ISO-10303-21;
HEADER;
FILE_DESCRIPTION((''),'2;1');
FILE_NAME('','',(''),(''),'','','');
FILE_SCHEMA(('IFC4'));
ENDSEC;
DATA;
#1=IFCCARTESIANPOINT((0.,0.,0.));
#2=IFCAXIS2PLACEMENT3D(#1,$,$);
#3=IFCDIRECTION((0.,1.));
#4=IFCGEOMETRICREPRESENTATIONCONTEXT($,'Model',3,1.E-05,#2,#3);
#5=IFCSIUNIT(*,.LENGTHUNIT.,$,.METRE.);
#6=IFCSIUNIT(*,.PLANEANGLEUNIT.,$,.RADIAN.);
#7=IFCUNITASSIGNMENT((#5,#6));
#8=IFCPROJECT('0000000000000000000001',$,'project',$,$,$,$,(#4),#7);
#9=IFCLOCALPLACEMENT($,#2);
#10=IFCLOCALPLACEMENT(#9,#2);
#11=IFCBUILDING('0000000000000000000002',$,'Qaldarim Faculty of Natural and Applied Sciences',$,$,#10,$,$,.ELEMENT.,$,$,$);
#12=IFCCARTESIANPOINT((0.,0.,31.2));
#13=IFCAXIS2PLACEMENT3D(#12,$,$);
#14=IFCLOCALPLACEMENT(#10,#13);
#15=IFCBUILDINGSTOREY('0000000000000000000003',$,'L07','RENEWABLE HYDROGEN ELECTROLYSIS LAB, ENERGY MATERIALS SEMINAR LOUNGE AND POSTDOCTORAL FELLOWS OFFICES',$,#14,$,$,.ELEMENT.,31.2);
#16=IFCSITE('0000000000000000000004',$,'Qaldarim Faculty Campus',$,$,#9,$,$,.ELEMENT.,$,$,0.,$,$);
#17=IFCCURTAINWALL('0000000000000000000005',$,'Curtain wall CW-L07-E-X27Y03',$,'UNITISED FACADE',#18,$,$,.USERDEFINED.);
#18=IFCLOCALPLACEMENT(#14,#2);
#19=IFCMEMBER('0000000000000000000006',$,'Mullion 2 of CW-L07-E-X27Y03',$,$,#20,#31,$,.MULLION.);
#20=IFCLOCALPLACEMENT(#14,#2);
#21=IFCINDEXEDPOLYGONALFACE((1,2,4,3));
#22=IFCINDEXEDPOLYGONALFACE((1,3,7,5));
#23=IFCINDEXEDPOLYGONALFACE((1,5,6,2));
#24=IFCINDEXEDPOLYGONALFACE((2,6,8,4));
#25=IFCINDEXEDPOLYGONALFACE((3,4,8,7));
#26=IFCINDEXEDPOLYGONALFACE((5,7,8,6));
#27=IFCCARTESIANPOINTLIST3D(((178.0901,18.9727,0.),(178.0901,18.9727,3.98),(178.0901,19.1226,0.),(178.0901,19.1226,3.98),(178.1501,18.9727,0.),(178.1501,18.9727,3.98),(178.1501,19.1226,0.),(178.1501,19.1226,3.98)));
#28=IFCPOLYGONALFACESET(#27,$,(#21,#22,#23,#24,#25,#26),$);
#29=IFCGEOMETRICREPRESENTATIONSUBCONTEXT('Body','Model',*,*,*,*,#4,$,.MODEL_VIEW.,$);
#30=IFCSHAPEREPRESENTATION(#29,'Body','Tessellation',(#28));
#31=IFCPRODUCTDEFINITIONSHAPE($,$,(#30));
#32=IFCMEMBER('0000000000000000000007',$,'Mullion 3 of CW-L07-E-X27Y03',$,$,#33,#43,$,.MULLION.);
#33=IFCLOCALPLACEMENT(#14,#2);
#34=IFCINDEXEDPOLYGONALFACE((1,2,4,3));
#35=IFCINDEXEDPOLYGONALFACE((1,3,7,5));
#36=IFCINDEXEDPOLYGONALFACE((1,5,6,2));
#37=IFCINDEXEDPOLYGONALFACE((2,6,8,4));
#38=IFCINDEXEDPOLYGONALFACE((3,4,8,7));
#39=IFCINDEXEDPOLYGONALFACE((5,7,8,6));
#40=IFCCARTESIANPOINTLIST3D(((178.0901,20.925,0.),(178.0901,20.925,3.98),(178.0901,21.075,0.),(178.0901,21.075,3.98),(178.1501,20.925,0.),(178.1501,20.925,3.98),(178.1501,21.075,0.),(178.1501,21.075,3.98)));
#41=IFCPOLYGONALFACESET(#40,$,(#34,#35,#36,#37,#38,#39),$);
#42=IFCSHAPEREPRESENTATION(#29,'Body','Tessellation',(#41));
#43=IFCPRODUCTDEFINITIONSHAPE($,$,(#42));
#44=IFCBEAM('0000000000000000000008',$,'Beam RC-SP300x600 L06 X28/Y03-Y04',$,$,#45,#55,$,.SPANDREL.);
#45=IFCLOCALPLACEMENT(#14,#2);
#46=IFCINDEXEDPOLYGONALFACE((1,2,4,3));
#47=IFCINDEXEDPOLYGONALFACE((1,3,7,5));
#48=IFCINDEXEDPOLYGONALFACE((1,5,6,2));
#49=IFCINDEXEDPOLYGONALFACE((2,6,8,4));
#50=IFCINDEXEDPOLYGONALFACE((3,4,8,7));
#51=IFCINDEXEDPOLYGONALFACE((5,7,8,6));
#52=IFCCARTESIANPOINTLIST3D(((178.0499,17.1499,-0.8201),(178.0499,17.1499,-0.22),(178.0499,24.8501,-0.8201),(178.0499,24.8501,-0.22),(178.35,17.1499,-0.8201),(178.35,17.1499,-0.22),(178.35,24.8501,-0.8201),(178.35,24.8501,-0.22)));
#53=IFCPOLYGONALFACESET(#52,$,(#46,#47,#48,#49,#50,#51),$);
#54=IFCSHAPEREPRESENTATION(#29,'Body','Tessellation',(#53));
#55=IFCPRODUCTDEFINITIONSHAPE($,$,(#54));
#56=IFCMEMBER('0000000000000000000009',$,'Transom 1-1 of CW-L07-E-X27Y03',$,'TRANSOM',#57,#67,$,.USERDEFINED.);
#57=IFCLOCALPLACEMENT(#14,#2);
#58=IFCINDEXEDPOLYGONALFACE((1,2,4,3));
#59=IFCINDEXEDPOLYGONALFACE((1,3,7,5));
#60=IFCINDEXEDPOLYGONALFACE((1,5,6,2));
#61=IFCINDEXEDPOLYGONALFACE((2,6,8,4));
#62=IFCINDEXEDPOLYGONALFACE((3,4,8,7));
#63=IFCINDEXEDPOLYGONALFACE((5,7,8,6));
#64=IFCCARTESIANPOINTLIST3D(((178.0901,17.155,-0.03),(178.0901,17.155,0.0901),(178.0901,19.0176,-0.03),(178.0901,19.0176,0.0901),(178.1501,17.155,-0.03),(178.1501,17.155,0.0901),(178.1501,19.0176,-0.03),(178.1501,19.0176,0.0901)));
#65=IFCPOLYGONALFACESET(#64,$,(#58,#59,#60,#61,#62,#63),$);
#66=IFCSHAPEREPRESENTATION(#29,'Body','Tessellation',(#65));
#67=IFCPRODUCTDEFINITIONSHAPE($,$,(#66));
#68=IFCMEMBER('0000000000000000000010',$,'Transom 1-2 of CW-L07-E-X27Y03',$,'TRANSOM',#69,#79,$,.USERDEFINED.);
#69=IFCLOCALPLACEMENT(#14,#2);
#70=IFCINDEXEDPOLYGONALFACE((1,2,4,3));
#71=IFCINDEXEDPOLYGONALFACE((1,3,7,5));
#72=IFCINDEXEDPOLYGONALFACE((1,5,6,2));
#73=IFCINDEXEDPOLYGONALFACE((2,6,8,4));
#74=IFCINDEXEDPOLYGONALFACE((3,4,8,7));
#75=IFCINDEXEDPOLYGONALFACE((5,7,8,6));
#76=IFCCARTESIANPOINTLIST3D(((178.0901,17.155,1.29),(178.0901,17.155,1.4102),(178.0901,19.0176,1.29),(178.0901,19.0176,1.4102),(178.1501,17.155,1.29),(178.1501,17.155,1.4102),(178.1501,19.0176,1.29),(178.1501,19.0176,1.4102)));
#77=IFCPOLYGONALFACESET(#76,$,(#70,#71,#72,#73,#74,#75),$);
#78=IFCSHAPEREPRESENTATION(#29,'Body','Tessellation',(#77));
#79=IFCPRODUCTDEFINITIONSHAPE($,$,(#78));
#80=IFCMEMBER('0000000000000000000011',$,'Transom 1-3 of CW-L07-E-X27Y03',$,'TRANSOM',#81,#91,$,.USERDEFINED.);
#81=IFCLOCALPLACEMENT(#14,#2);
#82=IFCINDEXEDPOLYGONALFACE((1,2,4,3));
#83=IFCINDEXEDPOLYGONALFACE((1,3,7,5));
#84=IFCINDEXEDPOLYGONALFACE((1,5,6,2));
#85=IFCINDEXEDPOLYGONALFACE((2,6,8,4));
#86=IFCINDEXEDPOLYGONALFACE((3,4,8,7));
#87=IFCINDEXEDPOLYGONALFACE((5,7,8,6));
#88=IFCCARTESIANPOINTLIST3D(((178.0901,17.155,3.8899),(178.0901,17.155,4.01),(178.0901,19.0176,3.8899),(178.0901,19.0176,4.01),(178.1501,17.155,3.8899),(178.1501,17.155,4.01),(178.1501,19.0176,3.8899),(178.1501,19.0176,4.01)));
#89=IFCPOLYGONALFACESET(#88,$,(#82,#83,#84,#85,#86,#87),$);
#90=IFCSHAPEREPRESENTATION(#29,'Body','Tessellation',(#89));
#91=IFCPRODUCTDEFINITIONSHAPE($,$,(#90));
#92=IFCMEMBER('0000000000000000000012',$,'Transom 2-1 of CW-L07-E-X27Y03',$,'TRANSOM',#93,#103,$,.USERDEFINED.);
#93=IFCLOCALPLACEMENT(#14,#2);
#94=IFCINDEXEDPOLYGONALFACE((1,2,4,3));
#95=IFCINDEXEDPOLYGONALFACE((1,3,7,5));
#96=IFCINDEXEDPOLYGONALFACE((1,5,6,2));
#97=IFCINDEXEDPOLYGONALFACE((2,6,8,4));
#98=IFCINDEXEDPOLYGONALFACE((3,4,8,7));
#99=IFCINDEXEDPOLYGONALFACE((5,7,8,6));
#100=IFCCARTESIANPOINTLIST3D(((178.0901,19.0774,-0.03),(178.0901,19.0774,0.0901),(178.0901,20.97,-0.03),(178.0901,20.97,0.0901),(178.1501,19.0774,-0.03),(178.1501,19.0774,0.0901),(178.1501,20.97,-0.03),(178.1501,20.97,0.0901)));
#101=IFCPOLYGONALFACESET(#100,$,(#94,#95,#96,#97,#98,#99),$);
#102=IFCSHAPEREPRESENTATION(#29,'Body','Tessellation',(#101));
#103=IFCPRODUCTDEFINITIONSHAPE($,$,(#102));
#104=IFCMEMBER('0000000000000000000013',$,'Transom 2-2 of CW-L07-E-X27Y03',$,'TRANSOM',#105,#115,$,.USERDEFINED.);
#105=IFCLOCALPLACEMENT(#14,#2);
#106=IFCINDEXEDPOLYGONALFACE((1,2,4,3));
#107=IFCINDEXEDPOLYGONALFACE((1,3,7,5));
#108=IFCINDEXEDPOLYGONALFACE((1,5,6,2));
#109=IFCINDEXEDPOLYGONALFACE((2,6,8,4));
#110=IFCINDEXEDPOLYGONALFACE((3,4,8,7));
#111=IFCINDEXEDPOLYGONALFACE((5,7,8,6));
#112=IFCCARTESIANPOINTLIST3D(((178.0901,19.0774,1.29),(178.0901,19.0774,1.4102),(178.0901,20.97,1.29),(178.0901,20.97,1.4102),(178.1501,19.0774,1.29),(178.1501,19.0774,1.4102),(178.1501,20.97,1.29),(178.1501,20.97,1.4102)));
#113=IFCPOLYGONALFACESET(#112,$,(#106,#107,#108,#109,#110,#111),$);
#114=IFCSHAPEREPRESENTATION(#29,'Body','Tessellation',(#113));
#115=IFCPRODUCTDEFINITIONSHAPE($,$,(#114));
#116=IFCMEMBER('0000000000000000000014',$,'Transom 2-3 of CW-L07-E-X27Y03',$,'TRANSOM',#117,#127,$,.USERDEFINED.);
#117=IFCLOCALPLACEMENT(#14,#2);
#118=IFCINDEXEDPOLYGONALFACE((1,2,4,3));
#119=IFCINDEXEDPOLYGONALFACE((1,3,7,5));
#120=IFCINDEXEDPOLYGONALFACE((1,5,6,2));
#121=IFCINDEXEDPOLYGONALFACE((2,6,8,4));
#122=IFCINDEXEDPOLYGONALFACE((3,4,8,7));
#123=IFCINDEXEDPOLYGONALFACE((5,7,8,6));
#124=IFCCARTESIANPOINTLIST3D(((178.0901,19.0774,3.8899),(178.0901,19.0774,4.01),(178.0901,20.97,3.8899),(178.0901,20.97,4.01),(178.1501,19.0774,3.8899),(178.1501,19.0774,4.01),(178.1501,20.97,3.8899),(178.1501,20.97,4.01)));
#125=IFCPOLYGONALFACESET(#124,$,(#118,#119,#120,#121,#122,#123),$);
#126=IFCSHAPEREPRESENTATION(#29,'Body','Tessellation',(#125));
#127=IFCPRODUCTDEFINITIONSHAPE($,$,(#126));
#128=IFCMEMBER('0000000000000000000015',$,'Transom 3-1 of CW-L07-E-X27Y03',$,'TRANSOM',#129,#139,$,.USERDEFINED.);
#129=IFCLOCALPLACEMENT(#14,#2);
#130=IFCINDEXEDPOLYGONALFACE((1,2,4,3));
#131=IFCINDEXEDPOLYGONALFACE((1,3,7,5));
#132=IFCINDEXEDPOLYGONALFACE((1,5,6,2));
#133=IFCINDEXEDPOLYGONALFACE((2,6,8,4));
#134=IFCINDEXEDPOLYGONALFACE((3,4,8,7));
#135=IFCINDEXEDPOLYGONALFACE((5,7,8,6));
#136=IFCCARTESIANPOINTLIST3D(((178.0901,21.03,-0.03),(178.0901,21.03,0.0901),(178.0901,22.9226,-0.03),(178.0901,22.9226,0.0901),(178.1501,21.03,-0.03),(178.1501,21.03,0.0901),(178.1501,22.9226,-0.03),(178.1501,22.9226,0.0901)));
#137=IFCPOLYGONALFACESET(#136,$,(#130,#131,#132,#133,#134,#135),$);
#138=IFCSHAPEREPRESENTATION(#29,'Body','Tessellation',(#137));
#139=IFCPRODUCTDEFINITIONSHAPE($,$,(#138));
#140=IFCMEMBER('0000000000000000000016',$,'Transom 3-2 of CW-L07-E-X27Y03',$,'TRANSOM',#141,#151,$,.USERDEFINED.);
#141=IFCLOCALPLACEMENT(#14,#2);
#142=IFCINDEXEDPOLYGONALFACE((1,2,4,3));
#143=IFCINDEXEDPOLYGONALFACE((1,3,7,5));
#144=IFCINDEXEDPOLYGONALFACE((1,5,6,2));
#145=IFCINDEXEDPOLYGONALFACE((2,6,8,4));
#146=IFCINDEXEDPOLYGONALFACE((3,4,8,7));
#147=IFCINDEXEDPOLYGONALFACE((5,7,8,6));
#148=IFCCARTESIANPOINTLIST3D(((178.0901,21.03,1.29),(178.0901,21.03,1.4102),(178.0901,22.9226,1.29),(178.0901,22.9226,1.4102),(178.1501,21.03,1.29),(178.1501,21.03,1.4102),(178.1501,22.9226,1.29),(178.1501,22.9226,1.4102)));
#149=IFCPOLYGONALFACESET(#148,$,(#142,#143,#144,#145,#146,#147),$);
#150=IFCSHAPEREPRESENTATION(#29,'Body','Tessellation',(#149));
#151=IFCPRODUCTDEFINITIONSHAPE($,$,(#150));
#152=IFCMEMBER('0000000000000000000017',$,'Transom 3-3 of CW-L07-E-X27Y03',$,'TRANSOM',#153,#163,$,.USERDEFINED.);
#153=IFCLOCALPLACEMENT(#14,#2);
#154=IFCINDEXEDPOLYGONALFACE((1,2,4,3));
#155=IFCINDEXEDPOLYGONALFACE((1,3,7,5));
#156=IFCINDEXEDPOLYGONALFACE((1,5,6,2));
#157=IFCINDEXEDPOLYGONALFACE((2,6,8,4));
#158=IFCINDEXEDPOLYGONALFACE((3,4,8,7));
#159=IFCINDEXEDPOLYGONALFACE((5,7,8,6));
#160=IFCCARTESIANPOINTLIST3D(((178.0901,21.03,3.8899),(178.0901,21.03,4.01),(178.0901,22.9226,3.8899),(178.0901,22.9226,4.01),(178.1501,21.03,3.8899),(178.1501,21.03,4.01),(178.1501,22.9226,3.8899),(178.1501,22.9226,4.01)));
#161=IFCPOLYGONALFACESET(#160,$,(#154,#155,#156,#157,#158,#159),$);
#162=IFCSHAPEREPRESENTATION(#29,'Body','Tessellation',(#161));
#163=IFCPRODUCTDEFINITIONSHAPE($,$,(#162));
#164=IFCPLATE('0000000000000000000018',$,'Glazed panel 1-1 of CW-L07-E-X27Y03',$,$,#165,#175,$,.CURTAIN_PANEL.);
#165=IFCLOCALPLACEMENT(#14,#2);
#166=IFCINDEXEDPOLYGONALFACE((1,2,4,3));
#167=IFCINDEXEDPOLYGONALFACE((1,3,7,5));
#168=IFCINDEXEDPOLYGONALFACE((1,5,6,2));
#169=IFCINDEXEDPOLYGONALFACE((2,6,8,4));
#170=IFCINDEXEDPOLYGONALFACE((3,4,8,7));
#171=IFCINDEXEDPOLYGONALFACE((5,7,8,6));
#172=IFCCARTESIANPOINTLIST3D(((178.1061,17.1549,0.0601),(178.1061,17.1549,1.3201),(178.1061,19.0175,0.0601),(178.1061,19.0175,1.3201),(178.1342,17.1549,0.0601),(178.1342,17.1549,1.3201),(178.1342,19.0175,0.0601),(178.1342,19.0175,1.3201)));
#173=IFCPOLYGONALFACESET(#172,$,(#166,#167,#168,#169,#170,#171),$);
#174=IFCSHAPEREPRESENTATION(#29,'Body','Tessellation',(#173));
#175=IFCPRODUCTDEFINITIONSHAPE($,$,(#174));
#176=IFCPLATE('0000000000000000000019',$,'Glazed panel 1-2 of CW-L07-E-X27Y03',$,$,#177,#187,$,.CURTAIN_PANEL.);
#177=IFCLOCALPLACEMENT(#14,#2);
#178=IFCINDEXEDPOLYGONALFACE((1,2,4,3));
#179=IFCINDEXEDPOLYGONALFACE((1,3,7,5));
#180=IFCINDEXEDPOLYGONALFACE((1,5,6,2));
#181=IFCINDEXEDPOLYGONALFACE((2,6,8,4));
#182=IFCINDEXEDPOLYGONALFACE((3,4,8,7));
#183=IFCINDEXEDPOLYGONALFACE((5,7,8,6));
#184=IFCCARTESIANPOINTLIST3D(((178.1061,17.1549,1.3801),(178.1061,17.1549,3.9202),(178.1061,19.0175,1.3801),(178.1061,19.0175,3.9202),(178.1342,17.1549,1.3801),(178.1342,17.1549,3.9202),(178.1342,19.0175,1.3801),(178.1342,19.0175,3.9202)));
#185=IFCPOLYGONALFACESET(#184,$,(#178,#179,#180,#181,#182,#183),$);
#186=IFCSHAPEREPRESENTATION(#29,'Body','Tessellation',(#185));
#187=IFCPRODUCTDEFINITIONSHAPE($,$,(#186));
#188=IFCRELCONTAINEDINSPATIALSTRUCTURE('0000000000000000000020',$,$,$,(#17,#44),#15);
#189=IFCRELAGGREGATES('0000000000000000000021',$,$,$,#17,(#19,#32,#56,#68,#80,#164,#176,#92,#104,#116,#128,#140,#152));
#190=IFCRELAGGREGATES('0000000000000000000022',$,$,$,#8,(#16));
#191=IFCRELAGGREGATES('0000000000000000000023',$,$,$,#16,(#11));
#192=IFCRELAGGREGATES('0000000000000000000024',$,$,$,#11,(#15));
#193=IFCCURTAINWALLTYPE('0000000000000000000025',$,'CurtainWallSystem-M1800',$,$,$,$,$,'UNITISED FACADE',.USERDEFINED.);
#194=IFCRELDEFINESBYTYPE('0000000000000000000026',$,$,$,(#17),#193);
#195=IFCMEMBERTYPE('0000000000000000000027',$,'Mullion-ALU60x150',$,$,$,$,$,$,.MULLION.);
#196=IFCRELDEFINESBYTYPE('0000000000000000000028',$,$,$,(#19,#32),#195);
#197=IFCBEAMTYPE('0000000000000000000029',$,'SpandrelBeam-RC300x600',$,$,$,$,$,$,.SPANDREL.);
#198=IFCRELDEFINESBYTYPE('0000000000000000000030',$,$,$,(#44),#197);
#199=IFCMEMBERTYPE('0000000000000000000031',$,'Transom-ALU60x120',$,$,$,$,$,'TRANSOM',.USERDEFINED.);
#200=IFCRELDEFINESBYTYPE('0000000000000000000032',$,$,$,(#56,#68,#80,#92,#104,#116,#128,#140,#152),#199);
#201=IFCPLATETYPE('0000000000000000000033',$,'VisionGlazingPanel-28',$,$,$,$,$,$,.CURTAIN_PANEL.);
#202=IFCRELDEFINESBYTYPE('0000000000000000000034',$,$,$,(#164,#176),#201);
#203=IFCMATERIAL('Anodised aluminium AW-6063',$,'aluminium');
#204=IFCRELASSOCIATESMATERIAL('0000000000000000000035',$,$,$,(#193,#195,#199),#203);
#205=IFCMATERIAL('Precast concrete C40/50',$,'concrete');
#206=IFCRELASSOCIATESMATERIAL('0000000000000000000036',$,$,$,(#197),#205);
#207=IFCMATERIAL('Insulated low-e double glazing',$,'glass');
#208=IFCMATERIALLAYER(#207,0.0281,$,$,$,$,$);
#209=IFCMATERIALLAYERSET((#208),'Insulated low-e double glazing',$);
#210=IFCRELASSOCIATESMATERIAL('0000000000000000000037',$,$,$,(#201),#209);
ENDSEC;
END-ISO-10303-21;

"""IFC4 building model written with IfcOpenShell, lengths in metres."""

from ifc_helpers import new_model, si_unit, direction, frame, origin, origin_2d, place, context, subcontext, project, spatial, rectangle, extrude, material, layer, layer_set, material_profile, profile_set, type_object, element, aggregate, save


model = new_model("IFC4")

# Units and contexts
model_context = context("Model", 3, precision=1e-05, world=origin(), true_north=direction((0.0, 1.0)))
body_context = subcontext(model_context, "Body", "Model", "MODEL_VIEW")
ifc_project = project(units=[si_unit("LENGTHUNIT", "METRE"), si_unit("PLANEANGLEUNIT", "RADIAN")], contexts=[model_context])

# Site, building, storey
site_placement = place(None, origin())
site = spatial("IfcSite", under=ifc_project, at=site_placement, Name="Qaldarim Faculty Campus", CompositionType="ELEMENT", RefElevation=0.0)
building_placement = place(site_placement, origin())
building = spatial("IfcBuilding", under=site, at=building_placement, Name="Qaldarim Faculty of Natural and Applied Sciences", CompositionType="ELEMENT")
storey_placement = place(building_placement, frame((0.0, 0.0, 31.2)))
storey = spatial("IfcBuildingStorey", under=building, at=storey_placement, Name="L07", Description="RENEWABLE HYDROGEN ELECTROLYSIS LAB, ENERGY MATERIALS SEMINAR LOUNGE AND POSTDOCTORAL FELLOWS OFFICES", CompositionType="ELEMENT", Elevation=31.2)

# Curtain wall, members
ifc_material_1 = material(Name="Anodised aluminium AW-6063", Category="aluminium")
curtain_wall_type = type_object("IfcCurtainWallType", Name="CurtainWallSystem-M1800", ElementType="UNITISED FACADE", PredefinedType="USERDEFINED", material=ifc_material_1)
curtain_wall_placement = place(storey_placement, origin())
curtain_wall = element("IfcCurtainWall", 1, at=curtain_wall_placement, inside=storey, type_object=curtain_wall_type, Name="Curtain wall CW-L07-E-X27Y03", ObjectType="UNITISED FACADE", PredefinedType="USERDEFINED")
ifc_material_profile_1 = material_profile(ifc_material_1, rectangle(XDim=0.0601, YDim=0.1499, at=origin_2d()), Name="ALU-M60x150")
ifc_profile_set_1 = profile_set([ifc_material_profile_1], Name="Anodised aluminium AW-6063")
member_type_1 = type_object("IfcMemberType", Name="Mullion-ALU60x150", PredefinedType="MULLION", material=ifc_profile_set_1)
member_1_placement = place(storey_placement, frame((178.1201, 19.0476, 0.0), z_axis=(0.0, 0.0, 1.0), x_axis=(-1.0, 0.0, 0.0)))
member_1 = element("IfcMember", 2, at=member_1_placement, type_object=member_type_1, Name="Mullion 2 of CW-L07-E-X27Y03", PredefinedType="MULLION", context=body_context, shape_type="SweptSolid", body=[
    extrude(rectangle(XDim=0.0601, YDim=0.1499, at=origin_2d()), origin(), (0.0, 0.0, 1.0), 3.98),
])
member_2_placement = place(storey_placement, frame((178.1201, 21.0, 0.0), z_axis=(0.0, 0.0, 1.0), x_axis=(-1.0, 0.0, 0.0)))
member_2 = element("IfcMember", 3, at=member_2_placement, type_object=member_type_1, Name="Mullion 3 of CW-L07-E-X27Y03", PredefinedType="MULLION", context=body_context, shape_type="SweptSolid", body=[
    extrude(rectangle(XDim=0.0601, YDim=0.1499, at=origin_2d()), origin(), (0.0, 0.0, 1.0), 3.98),
])

# Beam
ifc_material_2 = material(Name="Precast concrete C40/50", Category="concrete")
ifc_material_profile_2 = material_profile(ifc_material_2, rectangle(XDim=0.3, YDim=0.6001, at=origin_2d()), Name="RC-SP300x600")
ifc_profile_set_2 = profile_set([ifc_material_profile_2], Name="Precast concrete C40/50")
beam_type = type_object("IfcBeamType", Name="SpandrelBeam-RC300x600", PredefinedType="SPANDREL", material=ifc_profile_set_2)
beam_placement = place(storey_placement, frame((178.2, 17.1499, -0.52), z_axis=(0.0, 1.0, 0.0), x_axis=(-1.0, 0.0, 0.0)))
element("IfcBeam", 4, at=beam_placement, inside=storey, type_object=beam_type, Name="Beam RC-SP300x600 L06 X28/Y03-Y04", PredefinedType="SPANDREL", context=body_context, shape_type="SweptSolid", body=[
    extrude(rectangle(XDim=0.3, YDim=0.6001, at=origin_2d()), origin(), (0.0, 0.0, 1.0), 7.7002),
])

# Members
ifc_material_profile_3 = material_profile(ifc_material_1, rectangle(XDim=0.0601, YDim=0.1201, at=origin_2d()), Name="ALU-T60x120")
ifc_profile_set_3 = profile_set([ifc_material_profile_3], Name="Anodised aluminium AW-6063")
member_type_2 = type_object("IfcMemberType", Name="Transom-ALU60x120", ElementType="TRANSOM", PredefinedType="USERDEFINED", material=ifc_profile_set_3)
member_3_placement = place(storey_placement, frame((178.1201, 17.155, 0.03), z_axis=(0.0, 1.0, 0.0), x_axis=(-1.0, 0.0, 0.0)))
member_3 = element("IfcMember", 5, at=member_3_placement, type_object=member_type_2, Name="Transom 1-1 of CW-L07-E-X27Y03", ObjectType="TRANSOM", PredefinedType="USERDEFINED", context=body_context, shape_type="SweptSolid", body=[
    extrude(rectangle(XDim=0.0601, YDim=0.1201, at=origin_2d()), origin(), (0.0, 0.0, 1.0), 1.8625),
])
member_4_placement = place(storey_placement, frame((178.1201, 17.155, 1.3501), z_axis=(0.0, 1.0, 0.0), x_axis=(-1.0, 0.0, 0.0)))
member_4 = element("IfcMember", 6, at=member_4_placement, type_object=member_type_2, Name="Transom 1-2 of CW-L07-E-X27Y03", ObjectType="TRANSOM", PredefinedType="USERDEFINED", context=body_context, shape_type="SweptSolid", body=[
    extrude(rectangle(XDim=0.0601, YDim=0.1201, at=origin_2d()), origin(), (0.0, 0.0, 1.0), 1.8625),
])
member_5_placement = place(storey_placement, frame((178.1201, 17.155, 3.95), z_axis=(0.0, 1.0, 0.0), x_axis=(-1.0, 0.0, 0.0)))
member_5 = element("IfcMember", 7, at=member_5_placement, type_object=member_type_2, Name="Transom 1-3 of CW-L07-E-X27Y03", ObjectType="TRANSOM", PredefinedType="USERDEFINED", context=body_context, shape_type="SweptSolid", body=[
    extrude(rectangle(XDim=0.0601, YDim=0.1201, at=origin_2d()), origin(), (0.0, 0.0, 1.0), 1.8625),
])
member_6_placement = place(storey_placement, frame((178.1201, 19.0774, 0.03), z_axis=(0.0, 1.0, 0.0), x_axis=(-1.0, 0.0, 0.0)))
member_6 = element("IfcMember", 8, at=member_6_placement, type_object=member_type_2, Name="Transom 2-1 of CW-L07-E-X27Y03", ObjectType="TRANSOM", PredefinedType="USERDEFINED", context=body_context, shape_type="SweptSolid", body=[
    extrude(rectangle(XDim=0.0601, YDim=0.1201, at=origin_2d()), origin(), (0.0, 0.0, 1.0), 1.8926),
])
member_7_placement = place(storey_placement, frame((178.1201, 19.0774, 1.3501), z_axis=(0.0, 1.0, 0.0), x_axis=(-1.0, 0.0, 0.0)))
member_7 = element("IfcMember", 9, at=member_7_placement, type_object=member_type_2, Name="Transom 2-2 of CW-L07-E-X27Y03", ObjectType="TRANSOM", PredefinedType="USERDEFINED", context=body_context, shape_type="SweptSolid", body=[
    extrude(rectangle(XDim=0.0601, YDim=0.1201, at=origin_2d()), origin(), (0.0, 0.0, 1.0), 1.8926),
])
member_8_placement = place(storey_placement, frame((178.1201, 19.0774, 3.95), z_axis=(0.0, 1.0, 0.0), x_axis=(-1.0, 0.0, 0.0)))
member_8 = element("IfcMember", 10, at=member_8_placement, type_object=member_type_2, Name="Transom 2-3 of CW-L07-E-X27Y03", ObjectType="TRANSOM", PredefinedType="USERDEFINED", context=body_context, shape_type="SweptSolid", body=[
    extrude(rectangle(XDim=0.0601, YDim=0.1201, at=origin_2d()), origin(), (0.0, 0.0, 1.0), 1.8926),
])
member_9_placement = place(storey_placement, frame((178.1201, 21.03, 0.03), z_axis=(0.0, 1.0, 0.0), x_axis=(-1.0, 0.0, 0.0)))
member_9 = element("IfcMember", 11, at=member_9_placement, type_object=member_type_2, Name="Transom 3-1 of CW-L07-E-X27Y03", ObjectType="TRANSOM", PredefinedType="USERDEFINED", context=body_context, shape_type="SweptSolid", body=[
    extrude(rectangle(XDim=0.0601, YDim=0.1201, at=origin_2d()), origin(), (0.0, 0.0, 1.0), 1.8926),
])
member_10_placement = place(storey_placement, frame((178.1201, 21.03, 1.3501), z_axis=(0.0, 1.0, 0.0), x_axis=(-1.0, 0.0, 0.0)))
member_10 = element("IfcMember", 12, at=member_10_placement, type_object=member_type_2, Name="Transom 3-2 of CW-L07-E-X27Y03", ObjectType="TRANSOM", PredefinedType="USERDEFINED", context=body_context, shape_type="SweptSolid", body=[
    extrude(rectangle(XDim=0.0601, YDim=0.1201, at=origin_2d()), origin(), (0.0, 0.0, 1.0), 1.8926),
])
member_11_placement = place(storey_placement, frame((178.1201, 21.03, 3.95), z_axis=(0.0, 1.0, 0.0), x_axis=(-1.0, 0.0, 0.0)))
member_11 = element("IfcMember", 13, at=member_11_placement, type_object=member_type_2, Name="Transom 3-3 of CW-L07-E-X27Y03", ObjectType="TRANSOM", PredefinedType="USERDEFINED", context=body_context, shape_type="SweptSolid", body=[
    extrude(rectangle(XDim=0.0601, YDim=0.1201, at=origin_2d()), origin(), (0.0, 0.0, 1.0), 1.8926),
])

# Plates
ifc_material_3 = material(Name="Insulated low-e double glazing", Category="glass")
ifc_layer_1 = layer(ifc_material_3, 0.0281)
ifc_layer_set_1 = layer_set([ifc_layer_1], Name="Insulated low-e double glazing")
plate_type = type_object("IfcPlateType", Name="VisionGlazingPanel-28", PredefinedType="CURTAIN_PANEL", material=ifc_layer_set_1)
plate_1_placement = place(storey_placement, frame((178.1201, 18.0862, 0.0601), z_axis=(0.0, 0.0, 1.0), x_axis=(0.0, 1.0, 0.0)))
plate_1 = element("IfcPlate", 14, at=plate_1_placement, type_object=plate_type, Name="Glazed panel 1-1 of CW-L07-E-X27Y03", PredefinedType="CURTAIN_PANEL", context=body_context, shape_type="SweptSolid", body=[
    extrude(rectangle(XDim=1.8625, YDim=0.0281, at=origin_2d()), origin(), (0.0, 0.0, 1.0), 1.26),
])
plate_2_placement = place(storey_placement, frame((178.1201, 18.0862, 1.3801), z_axis=(0.0, 0.0, 1.0), x_axis=(0.0, 1.0, 0.0)))
plate_2 = element("IfcPlate", 15, at=plate_2_placement, type_object=plate_type, Name="Glazed panel 1-2 of CW-L07-E-X27Y03", PredefinedType="CURTAIN_PANEL", context=body_context, shape_type="SweptSolid", body=[
    extrude(rectangle(XDim=1.8625, YDim=0.0281, at=origin_2d()), origin(), (0.0, 0.0, 1.0), 2.54),
])
aggregate(curtain_wall, [member_1, member_2, member_3, member_4, member_5, plate_1, plate_2, member_6, member_7, member_8, member_9, member_10, member_11])

save(model, "model.ifc")
